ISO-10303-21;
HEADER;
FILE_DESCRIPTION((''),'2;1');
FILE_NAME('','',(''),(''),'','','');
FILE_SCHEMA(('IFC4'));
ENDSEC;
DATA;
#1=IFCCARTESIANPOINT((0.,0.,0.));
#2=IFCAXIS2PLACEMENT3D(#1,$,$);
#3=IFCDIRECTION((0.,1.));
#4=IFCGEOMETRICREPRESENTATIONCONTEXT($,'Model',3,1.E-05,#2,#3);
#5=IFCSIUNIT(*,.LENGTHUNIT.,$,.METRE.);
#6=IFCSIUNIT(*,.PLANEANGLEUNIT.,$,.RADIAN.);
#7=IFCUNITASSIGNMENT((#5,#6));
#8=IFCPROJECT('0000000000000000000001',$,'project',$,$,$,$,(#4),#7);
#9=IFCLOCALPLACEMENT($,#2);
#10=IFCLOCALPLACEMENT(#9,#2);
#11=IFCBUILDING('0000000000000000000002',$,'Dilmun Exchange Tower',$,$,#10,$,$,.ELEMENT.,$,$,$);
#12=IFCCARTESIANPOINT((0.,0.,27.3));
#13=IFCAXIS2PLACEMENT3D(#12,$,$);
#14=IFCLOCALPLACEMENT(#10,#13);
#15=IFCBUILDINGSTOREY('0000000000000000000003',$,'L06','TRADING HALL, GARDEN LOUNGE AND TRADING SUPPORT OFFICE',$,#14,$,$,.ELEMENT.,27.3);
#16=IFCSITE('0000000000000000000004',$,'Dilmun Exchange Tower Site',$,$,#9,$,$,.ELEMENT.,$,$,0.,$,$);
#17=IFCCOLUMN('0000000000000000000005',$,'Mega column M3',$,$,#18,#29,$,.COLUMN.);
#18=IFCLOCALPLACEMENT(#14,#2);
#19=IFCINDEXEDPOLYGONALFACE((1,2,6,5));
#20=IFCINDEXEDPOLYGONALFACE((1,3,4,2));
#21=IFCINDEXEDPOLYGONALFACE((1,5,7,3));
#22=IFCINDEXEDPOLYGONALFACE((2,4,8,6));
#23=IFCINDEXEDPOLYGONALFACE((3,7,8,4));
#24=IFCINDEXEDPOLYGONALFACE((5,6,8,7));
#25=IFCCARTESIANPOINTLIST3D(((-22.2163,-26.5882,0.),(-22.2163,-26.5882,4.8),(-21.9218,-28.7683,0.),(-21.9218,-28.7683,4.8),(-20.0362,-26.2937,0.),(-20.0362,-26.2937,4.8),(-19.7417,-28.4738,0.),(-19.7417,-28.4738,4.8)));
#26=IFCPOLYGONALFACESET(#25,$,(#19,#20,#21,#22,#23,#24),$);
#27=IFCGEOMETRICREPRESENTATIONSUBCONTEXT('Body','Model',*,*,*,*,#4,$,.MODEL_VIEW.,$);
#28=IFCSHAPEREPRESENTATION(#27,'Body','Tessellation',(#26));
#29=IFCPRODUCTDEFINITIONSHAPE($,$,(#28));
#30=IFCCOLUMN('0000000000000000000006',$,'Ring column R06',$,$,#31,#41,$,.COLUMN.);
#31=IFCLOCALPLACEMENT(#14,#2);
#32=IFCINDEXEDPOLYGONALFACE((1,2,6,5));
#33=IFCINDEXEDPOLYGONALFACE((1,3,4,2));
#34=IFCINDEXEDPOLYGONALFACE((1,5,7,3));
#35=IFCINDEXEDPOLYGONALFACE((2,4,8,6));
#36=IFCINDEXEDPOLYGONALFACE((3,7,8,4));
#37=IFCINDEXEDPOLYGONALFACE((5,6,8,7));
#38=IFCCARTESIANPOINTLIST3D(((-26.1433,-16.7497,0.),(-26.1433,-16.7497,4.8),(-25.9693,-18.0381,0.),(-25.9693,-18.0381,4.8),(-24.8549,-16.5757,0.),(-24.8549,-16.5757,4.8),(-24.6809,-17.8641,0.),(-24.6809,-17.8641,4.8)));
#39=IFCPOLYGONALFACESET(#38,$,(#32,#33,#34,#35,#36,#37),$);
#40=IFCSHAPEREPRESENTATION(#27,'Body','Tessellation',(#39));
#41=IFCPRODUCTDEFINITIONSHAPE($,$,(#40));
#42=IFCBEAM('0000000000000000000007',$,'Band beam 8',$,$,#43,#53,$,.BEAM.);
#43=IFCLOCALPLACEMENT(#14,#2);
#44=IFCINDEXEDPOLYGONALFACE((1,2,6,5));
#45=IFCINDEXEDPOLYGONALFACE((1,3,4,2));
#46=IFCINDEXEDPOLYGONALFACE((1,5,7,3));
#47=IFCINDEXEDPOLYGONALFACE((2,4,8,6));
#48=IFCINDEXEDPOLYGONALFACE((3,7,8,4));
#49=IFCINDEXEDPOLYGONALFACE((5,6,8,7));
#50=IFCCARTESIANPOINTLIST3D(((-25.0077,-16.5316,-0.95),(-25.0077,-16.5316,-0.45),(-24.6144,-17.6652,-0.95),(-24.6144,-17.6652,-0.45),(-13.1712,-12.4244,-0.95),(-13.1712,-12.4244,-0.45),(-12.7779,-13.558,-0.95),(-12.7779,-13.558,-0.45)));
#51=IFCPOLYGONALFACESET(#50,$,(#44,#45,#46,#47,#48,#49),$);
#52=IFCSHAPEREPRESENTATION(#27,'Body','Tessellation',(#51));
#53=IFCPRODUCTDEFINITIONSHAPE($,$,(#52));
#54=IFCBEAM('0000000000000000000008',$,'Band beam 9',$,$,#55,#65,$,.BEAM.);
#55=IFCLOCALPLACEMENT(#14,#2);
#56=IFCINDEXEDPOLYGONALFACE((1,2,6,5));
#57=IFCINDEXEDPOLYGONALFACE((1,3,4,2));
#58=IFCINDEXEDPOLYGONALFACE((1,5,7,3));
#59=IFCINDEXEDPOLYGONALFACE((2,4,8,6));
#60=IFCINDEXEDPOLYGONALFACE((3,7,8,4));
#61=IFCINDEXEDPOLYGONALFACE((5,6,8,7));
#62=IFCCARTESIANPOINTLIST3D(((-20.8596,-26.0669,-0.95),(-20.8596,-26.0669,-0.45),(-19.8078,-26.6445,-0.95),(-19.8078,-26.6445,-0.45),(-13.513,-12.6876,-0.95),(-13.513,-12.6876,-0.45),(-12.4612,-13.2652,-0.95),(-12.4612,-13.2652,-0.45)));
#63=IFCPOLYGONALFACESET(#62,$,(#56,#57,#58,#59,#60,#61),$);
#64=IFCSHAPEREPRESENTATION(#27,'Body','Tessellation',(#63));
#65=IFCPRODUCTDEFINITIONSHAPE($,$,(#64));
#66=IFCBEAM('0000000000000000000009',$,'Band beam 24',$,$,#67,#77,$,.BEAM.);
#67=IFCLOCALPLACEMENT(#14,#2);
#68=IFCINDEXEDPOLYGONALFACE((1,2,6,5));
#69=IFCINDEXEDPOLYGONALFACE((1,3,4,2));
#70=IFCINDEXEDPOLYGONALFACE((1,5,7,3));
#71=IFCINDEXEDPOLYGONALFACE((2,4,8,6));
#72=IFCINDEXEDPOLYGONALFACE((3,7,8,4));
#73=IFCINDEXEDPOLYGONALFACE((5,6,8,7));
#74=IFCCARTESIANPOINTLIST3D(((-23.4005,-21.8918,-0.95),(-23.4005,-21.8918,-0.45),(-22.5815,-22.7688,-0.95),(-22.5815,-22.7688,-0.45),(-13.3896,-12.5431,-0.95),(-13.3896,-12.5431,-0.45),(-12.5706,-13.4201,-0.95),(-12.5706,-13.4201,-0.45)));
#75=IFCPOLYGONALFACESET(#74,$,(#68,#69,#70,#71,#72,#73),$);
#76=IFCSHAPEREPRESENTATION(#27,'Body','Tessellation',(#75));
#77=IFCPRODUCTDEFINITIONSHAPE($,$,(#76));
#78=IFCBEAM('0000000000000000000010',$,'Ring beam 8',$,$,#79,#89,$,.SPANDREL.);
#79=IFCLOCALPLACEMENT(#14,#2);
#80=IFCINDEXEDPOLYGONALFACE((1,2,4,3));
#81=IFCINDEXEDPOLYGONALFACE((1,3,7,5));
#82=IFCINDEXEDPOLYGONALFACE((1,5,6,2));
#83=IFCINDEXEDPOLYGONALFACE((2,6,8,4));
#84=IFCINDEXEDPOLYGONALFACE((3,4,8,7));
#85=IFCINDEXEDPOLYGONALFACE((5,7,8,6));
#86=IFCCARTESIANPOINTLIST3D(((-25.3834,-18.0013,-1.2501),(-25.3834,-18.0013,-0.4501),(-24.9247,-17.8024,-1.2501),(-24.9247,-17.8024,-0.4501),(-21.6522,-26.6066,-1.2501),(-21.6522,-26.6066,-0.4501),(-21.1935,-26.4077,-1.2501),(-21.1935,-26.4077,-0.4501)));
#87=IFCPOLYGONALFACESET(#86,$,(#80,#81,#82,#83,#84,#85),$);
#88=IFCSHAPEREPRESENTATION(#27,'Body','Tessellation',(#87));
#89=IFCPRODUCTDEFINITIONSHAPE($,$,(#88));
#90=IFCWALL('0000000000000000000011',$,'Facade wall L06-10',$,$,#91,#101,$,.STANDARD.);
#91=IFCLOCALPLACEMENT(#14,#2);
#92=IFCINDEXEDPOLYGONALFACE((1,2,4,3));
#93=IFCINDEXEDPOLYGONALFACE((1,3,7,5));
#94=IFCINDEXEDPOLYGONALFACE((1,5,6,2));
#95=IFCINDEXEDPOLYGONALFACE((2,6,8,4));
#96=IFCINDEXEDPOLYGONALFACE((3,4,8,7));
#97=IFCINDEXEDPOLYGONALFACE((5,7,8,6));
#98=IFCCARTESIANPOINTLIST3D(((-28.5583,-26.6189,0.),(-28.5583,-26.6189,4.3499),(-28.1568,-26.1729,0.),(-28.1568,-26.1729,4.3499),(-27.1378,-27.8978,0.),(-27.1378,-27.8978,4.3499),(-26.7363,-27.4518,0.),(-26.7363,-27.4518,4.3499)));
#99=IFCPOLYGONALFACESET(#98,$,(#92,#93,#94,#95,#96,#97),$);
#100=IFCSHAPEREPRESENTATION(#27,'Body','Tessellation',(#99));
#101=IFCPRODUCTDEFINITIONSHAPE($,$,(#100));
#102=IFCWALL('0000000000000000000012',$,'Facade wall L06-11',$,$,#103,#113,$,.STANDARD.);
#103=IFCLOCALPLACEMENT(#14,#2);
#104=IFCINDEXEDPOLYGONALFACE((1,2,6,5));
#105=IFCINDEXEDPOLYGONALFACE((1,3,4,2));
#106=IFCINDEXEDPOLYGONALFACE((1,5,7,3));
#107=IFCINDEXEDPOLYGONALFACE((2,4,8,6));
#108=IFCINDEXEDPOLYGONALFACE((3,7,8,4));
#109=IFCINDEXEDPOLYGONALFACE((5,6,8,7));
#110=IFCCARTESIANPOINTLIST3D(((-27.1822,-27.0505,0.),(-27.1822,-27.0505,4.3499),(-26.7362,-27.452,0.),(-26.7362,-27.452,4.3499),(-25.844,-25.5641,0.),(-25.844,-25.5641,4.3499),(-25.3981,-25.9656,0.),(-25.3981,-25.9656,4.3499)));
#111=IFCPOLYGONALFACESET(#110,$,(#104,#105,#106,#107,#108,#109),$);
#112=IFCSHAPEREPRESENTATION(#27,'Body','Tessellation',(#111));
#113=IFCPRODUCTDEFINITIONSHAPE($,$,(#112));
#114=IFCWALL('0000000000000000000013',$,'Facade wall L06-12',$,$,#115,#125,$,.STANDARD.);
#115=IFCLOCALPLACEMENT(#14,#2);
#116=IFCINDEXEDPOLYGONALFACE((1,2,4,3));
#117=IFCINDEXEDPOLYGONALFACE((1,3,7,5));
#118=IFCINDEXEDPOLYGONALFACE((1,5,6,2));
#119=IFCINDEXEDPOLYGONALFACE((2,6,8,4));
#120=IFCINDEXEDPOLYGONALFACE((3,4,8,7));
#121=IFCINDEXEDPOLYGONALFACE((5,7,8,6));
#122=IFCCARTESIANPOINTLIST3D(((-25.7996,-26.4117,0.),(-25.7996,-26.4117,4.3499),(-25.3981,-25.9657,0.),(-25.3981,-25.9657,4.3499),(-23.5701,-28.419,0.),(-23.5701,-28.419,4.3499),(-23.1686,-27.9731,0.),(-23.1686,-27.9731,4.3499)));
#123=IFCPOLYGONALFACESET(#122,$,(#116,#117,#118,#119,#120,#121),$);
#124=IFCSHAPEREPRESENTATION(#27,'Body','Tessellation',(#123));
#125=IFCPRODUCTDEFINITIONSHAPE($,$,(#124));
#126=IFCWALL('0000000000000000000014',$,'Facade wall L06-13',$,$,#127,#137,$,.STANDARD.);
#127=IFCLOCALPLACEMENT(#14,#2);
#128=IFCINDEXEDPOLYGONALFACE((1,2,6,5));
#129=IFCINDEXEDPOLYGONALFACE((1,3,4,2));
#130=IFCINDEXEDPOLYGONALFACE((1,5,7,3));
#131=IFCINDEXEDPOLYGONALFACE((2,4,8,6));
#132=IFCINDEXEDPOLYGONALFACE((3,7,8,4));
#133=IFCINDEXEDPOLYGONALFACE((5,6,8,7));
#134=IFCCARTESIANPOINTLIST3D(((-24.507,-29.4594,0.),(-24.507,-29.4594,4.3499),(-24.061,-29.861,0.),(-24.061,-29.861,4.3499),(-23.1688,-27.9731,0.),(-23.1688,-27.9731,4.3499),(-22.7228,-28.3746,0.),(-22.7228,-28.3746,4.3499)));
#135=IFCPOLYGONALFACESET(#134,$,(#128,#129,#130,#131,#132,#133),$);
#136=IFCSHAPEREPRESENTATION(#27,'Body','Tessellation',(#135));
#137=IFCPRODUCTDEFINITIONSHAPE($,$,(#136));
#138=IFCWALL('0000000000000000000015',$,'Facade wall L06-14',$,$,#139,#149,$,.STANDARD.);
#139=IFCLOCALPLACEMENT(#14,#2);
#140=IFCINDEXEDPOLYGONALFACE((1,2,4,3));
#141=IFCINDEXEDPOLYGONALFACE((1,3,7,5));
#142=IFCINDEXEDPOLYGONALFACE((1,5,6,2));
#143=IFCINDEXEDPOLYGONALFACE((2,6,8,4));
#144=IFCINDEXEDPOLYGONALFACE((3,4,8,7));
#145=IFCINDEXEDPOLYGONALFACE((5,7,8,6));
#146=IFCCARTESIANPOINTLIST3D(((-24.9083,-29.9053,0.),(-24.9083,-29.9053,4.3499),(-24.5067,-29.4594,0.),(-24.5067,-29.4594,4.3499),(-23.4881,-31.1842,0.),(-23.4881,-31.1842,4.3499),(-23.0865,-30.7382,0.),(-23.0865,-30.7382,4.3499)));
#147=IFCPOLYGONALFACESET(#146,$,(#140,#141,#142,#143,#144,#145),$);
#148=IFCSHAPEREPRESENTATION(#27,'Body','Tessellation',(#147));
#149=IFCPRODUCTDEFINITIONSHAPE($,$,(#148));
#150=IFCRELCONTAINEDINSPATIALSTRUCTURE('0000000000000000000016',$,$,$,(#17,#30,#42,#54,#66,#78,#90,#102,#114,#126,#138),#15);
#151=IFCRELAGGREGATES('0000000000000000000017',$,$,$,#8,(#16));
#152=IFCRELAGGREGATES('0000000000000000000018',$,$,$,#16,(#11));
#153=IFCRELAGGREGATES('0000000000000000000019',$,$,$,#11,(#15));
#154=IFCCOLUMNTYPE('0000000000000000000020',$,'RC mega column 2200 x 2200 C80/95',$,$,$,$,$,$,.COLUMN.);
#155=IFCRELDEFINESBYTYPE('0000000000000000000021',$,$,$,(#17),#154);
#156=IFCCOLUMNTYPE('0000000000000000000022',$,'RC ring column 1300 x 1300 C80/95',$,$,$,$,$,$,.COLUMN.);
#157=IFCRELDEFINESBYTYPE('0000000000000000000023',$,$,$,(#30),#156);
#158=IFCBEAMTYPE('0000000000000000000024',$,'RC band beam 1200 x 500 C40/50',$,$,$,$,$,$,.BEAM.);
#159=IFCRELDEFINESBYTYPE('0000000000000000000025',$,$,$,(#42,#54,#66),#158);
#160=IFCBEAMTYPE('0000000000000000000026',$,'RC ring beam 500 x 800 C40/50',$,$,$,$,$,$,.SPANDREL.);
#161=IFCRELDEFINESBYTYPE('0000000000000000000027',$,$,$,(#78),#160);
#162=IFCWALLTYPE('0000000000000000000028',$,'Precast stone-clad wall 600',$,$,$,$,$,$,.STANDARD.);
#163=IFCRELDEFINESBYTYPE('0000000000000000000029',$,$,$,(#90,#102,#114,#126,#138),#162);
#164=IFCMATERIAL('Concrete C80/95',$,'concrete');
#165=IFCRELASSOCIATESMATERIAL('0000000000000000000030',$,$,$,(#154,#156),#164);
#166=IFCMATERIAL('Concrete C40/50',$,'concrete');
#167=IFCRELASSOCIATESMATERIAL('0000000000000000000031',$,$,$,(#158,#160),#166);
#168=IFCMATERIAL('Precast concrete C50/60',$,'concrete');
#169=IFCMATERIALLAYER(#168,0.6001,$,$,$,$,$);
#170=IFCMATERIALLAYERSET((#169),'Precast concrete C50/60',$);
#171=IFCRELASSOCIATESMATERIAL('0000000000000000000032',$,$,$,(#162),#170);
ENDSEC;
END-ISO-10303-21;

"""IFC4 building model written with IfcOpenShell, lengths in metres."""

from ifc_helpers import new_model, si_unit, direction, frame, frame_2d, origin, origin_2d, place, context, subcontext, project, spatial, rectangle, extrude, material, layer, layer_set, material_profile, profile_set, type_object, element, save


model = new_model("IFC4")

# Units and contexts
model_context = context("Model", 3, precision=1e-05, world=origin(), true_north=direction((0.0, 1.0)))
body_context = subcontext(model_context, "Body", "Model", "MODEL_VIEW")
ifc_project = project(units=[si_unit("LENGTHUNIT", "METRE"), si_unit("PLANEANGLEUNIT", "RADIAN")], contexts=[model_context])

# Site, building, storey
site_placement = place(None, origin())
site = spatial("IfcSite", under=ifc_project, at=site_placement, Name="Dilmun Exchange Tower Site", CompositionType="ELEMENT", RefElevation=0.0)
building_placement = place(site_placement, origin())
building = spatial("IfcBuilding", under=site, at=building_placement, Name="Dilmun Exchange Tower", CompositionType="ELEMENT")
storey_placement = place(building_placement, frame((0.0, 0.0, 27.3)))
storey = spatial("IfcBuildingStorey", under=building, at=storey_placement, Name="L06", Description="TRADING HALL, GARDEN LOUNGE AND TRADING SUPPORT OFFICE", CompositionType="ELEMENT", Elevation=27.3)

# Columns
ifc_material_1 = material(Name="Concrete C80/95", Category="concrete")
ifc_material_profile_1 = material_profile(ifc_material_1, rectangle(XDim=2.2, YDim=2.2, at=origin_2d()), Name="2200 x 2200")
ifc_profile_set_1 = profile_set([ifc_material_profile_1], Name="Concrete C80/95")
column_type_1 = type_object("IfcColumnType", Name="RC mega column 2200 x 2200 C80/95", PredefinedType="COLUMN", material=ifc_profile_set_1)
column_1_placement = place(storey_placement, frame((-20.979, -27.531, 0.0), z_axis=(0.0, 0.0, 1.0), x_axis=(0.991001, 0.133853, 0.0)))
element("IfcColumn", 1, at=column_1_placement, inside=storey, type_object=column_type_1, Name="Mega column M3", PredefinedType="COLUMN", context=body_context, shape_type="SweptSolid", body=[
    extrude(rectangle(XDim=2.2, YDim=2.2, at=origin_2d()), origin(), (0.0, 0.0, 1.0), 4.8),
])
ifc_material_profile_2 = material_profile(ifc_material_1, rectangle(XDim=1.3, YDim=1.3, at=origin_2d()), Name="1300 x 1300")
ifc_profile_set_2 = profile_set([ifc_material_profile_2], Name="Concrete C80/95")
column_type_2 = type_object("IfcColumnType", Name="RC ring column 1300 x 1300 C80/95", PredefinedType="COLUMN", material=ifc_profile_set_2)
column_2_placement = place(storey_placement, frame((-25.4121, -17.3069, 0.0), z_axis=(0.0, 0.0, 1.0), x_axis=(0.991001, 0.133853, 0.0)))
element("IfcColumn", 2, at=column_2_placement, inside=storey, type_object=column_type_2, Name="Ring column R06", PredefinedType="COLUMN", context=body_context, shape_type="SweptSolid", body=[
    extrude(rectangle(XDim=1.3, YDim=1.3, at=origin_2d()), origin(), (0.0, 0.0, 1.0), 4.8),
])

# Beams
ifc_material_2 = material(Name="Concrete C40/50", Category="concrete")
ifc_material_profile_3 = material_profile(ifc_material_2, rectangle(XDim=1.2, YDim=0.5, at=origin_2d()), Name="1200 x 500")
ifc_profile_set_3 = profile_set([ifc_material_profile_3], Name="Concrete C40/50")
beam_type_1 = type_object("IfcBeamType", Name="RC band beam 1200 x 500 C40/50", PredefinedType="BEAM", material=ifc_profile_set_3)
beam_1_placement = place(storey_placement, frame((-24.811, -17.0984, -0.7), z_axis=(0.94474, 0.32782, 0.0), x_axis=(-0.32782, 0.94474, 0.0)))
element("IfcBeam", 3, at=beam_1_placement, inside=storey, type_object=beam_type_1, Name="Band beam 8", PredefinedType="BEAM", context=body_context, shape_type="SweptSolid", body=[
    extrude(rectangle(XDim=1.2, YDim=0.5, at=origin_2d()), origin(), (0.0, 0.0, 1.0), 12.5288),
])
beam_2_placement = place(storey_placement, frame((-20.3337, -26.3557, -0.7), z_axis=(0.481316, 0.876547, 0.0), x_axis=(-0.876547, 0.481316, 0.0)))
element("IfcBeam", 4, at=beam_2_placement, inside=storey, type_object=beam_type_1, Name="Band beam 9", PredefinedType="BEAM", context=body_context, shape_type="SweptSolid", body=[
    extrude(rectangle(XDim=1.2, YDim=0.5, at=origin_2d()), origin(), (0.0, 0.0, 1.0), 15.2637),
])
beam_3_placement = place(storey_placement, frame((-22.991, -22.3303, -0.7), z_axis=(0.730863, 0.682524, 0.0), x_axis=(-0.682524, 0.730863, 0.0)))
element("IfcBeam", 5, at=beam_3_placement, inside=storey, type_object=beam_type_1, Name="Band beam 24", PredefinedType="BEAM", context=body_context, shape_type="SweptSolid", body=[
    extrude(rectangle(XDim=1.2, YDim=0.5, at=origin_2d()), origin(), (0.0, 0.0, 1.0), 13.6973),
])
ifc_material_profile_4 = material_profile(ifc_material_2, rectangle(XDim=0.5, YDim=0.8, at=origin_2d()), Name="500 x 800")
ifc_profile_set_4 = profile_set([ifc_material_profile_4], Name="Concrete C40/50")
beam_type_2 = type_object("IfcBeamType", Name="RC ring beam 500 x 800 C40/50", PredefinedType="SPANDREL", material=ifc_profile_set_4)
beam_4_placement = place(storey_placement, frame((-25.1541, -17.9019, -0.8501), z_axis=(0.397811, -0.917467, 0.0), x_axis=(0.917467, 0.397811, 0.0)))
element("IfcBeam", 6, at=beam_4_placement, inside=storey, type_object=beam_type_2, Name="Ring beam 8", PredefinedType="SPANDREL", context=body_context, shape_type="SweptSolid", body=[
    extrude(rectangle(XDim=0.5, YDim=0.8, at=origin_2d()), origin(), (0.0, 0.0, 1.0), 9.3794),
])

# Walls
ifc_material_3 = material(Name="Precast concrete C50/60", Category="concrete")
ifc_layer = layer(ifc_material_3, 0.6001)
ifc_layer_set = layer_set([ifc_layer], Name="Precast concrete C50/60")
wall_type = type_object("IfcWallType", Name="Precast stone-clad wall 600", PredefinedType="STANDARD", material=ifc_layer_set)
wall_1_placement = place(storey_placement, frame((-28.3574, -26.396, 0.0), z_axis=(0.0, 0.0, 1.0), x_axis=(0.74318, -0.669092, 0.0)))
element("IfcWall", 7, at=wall_1_placement, inside=storey, type_object=wall_type, Name="Facade wall L06-10", PredefinedType="STANDARD", context=body_context, shape_type="SweptSolid", body=[
    extrude(rectangle(XDim=1.9114, YDim=0.6001, at=frame_2d((0.9556, 0.0))), origin(), (0.0, 0.0, 1.0), 4.3499),
])
wall_2_placement = place(storey_placement, frame((-26.9592, -27.2512, 0.0), z_axis=(0.0, 0.0, 1.0), x_axis=(0.669086, 0.743185, 0.0)))
element("IfcWall", 8, at=wall_2_placement, inside=storey, type_object=wall_type, Name="Facade wall L06-11", PredefinedType="STANDARD", context=body_context, shape_type="SweptSolid", body=[
    extrude(rectangle(XDim=2.0, YDim=0.6001, at=frame_2d((1.0, 0.0))), origin(), (0.0, 0.0, 1.0), 4.3499),
])
wall_3_placement = place(storey_placement, frame((-25.5989, -26.1887, 0.0), z_axis=(0.0, 0.0, 1.0), x_axis=(0.743165, -0.669109, 0.0)))
element("IfcWall", 9, at=wall_3_placement, inside=storey, type_object=wall_type, Name="Facade wall L06-12", PredefinedType="STANDARD", context=body_context, shape_type="SweptSolid", body=[
    extrude(rectangle(XDim=3.0, YDim=0.6001, at=frame_2d((1.5, 0.0))), origin(), (0.0, 0.0, 1.0), 4.3499),
])
wall_4_placement = place(storey_placement, frame((-22.9458, -28.1738, 0.0), z_axis=(0.0, 0.0, 1.0), x_axis=(-0.669086, -0.743185, 0.0)))
element("IfcWall", 10, at=wall_4_placement, inside=storey, type_object=wall_type, Name="Facade wall L06-13", PredefinedType="STANDARD", context=body_context, shape_type="SweptSolid", body=[
    extrude(rectangle(XDim=2.0, YDim=0.6001, at=frame_2d((1.0, 0.0))), origin(), (0.0, 0.0, 1.0), 4.3499),
])
wall_5_placement = place(storey_placement, frame((-24.7075, -29.6824, 0.0), z_axis=(0.0, 0.0, 1.0), x_axis=(0.743123, -0.669155, 0.0)))
element("IfcWall", 11, at=wall_5_placement, inside=storey, type_object=wall_type, Name="Facade wall L06-14", PredefinedType="STANDARD", context=body_context, shape_type="SweptSolid", body=[
    extrude(rectangle(XDim=1.9111, YDim=0.6001, at=frame_2d((0.9556, 0.0))), origin(), (0.0, 0.0, 1.0), 4.3499),
])

save(model, "model.ifc")
